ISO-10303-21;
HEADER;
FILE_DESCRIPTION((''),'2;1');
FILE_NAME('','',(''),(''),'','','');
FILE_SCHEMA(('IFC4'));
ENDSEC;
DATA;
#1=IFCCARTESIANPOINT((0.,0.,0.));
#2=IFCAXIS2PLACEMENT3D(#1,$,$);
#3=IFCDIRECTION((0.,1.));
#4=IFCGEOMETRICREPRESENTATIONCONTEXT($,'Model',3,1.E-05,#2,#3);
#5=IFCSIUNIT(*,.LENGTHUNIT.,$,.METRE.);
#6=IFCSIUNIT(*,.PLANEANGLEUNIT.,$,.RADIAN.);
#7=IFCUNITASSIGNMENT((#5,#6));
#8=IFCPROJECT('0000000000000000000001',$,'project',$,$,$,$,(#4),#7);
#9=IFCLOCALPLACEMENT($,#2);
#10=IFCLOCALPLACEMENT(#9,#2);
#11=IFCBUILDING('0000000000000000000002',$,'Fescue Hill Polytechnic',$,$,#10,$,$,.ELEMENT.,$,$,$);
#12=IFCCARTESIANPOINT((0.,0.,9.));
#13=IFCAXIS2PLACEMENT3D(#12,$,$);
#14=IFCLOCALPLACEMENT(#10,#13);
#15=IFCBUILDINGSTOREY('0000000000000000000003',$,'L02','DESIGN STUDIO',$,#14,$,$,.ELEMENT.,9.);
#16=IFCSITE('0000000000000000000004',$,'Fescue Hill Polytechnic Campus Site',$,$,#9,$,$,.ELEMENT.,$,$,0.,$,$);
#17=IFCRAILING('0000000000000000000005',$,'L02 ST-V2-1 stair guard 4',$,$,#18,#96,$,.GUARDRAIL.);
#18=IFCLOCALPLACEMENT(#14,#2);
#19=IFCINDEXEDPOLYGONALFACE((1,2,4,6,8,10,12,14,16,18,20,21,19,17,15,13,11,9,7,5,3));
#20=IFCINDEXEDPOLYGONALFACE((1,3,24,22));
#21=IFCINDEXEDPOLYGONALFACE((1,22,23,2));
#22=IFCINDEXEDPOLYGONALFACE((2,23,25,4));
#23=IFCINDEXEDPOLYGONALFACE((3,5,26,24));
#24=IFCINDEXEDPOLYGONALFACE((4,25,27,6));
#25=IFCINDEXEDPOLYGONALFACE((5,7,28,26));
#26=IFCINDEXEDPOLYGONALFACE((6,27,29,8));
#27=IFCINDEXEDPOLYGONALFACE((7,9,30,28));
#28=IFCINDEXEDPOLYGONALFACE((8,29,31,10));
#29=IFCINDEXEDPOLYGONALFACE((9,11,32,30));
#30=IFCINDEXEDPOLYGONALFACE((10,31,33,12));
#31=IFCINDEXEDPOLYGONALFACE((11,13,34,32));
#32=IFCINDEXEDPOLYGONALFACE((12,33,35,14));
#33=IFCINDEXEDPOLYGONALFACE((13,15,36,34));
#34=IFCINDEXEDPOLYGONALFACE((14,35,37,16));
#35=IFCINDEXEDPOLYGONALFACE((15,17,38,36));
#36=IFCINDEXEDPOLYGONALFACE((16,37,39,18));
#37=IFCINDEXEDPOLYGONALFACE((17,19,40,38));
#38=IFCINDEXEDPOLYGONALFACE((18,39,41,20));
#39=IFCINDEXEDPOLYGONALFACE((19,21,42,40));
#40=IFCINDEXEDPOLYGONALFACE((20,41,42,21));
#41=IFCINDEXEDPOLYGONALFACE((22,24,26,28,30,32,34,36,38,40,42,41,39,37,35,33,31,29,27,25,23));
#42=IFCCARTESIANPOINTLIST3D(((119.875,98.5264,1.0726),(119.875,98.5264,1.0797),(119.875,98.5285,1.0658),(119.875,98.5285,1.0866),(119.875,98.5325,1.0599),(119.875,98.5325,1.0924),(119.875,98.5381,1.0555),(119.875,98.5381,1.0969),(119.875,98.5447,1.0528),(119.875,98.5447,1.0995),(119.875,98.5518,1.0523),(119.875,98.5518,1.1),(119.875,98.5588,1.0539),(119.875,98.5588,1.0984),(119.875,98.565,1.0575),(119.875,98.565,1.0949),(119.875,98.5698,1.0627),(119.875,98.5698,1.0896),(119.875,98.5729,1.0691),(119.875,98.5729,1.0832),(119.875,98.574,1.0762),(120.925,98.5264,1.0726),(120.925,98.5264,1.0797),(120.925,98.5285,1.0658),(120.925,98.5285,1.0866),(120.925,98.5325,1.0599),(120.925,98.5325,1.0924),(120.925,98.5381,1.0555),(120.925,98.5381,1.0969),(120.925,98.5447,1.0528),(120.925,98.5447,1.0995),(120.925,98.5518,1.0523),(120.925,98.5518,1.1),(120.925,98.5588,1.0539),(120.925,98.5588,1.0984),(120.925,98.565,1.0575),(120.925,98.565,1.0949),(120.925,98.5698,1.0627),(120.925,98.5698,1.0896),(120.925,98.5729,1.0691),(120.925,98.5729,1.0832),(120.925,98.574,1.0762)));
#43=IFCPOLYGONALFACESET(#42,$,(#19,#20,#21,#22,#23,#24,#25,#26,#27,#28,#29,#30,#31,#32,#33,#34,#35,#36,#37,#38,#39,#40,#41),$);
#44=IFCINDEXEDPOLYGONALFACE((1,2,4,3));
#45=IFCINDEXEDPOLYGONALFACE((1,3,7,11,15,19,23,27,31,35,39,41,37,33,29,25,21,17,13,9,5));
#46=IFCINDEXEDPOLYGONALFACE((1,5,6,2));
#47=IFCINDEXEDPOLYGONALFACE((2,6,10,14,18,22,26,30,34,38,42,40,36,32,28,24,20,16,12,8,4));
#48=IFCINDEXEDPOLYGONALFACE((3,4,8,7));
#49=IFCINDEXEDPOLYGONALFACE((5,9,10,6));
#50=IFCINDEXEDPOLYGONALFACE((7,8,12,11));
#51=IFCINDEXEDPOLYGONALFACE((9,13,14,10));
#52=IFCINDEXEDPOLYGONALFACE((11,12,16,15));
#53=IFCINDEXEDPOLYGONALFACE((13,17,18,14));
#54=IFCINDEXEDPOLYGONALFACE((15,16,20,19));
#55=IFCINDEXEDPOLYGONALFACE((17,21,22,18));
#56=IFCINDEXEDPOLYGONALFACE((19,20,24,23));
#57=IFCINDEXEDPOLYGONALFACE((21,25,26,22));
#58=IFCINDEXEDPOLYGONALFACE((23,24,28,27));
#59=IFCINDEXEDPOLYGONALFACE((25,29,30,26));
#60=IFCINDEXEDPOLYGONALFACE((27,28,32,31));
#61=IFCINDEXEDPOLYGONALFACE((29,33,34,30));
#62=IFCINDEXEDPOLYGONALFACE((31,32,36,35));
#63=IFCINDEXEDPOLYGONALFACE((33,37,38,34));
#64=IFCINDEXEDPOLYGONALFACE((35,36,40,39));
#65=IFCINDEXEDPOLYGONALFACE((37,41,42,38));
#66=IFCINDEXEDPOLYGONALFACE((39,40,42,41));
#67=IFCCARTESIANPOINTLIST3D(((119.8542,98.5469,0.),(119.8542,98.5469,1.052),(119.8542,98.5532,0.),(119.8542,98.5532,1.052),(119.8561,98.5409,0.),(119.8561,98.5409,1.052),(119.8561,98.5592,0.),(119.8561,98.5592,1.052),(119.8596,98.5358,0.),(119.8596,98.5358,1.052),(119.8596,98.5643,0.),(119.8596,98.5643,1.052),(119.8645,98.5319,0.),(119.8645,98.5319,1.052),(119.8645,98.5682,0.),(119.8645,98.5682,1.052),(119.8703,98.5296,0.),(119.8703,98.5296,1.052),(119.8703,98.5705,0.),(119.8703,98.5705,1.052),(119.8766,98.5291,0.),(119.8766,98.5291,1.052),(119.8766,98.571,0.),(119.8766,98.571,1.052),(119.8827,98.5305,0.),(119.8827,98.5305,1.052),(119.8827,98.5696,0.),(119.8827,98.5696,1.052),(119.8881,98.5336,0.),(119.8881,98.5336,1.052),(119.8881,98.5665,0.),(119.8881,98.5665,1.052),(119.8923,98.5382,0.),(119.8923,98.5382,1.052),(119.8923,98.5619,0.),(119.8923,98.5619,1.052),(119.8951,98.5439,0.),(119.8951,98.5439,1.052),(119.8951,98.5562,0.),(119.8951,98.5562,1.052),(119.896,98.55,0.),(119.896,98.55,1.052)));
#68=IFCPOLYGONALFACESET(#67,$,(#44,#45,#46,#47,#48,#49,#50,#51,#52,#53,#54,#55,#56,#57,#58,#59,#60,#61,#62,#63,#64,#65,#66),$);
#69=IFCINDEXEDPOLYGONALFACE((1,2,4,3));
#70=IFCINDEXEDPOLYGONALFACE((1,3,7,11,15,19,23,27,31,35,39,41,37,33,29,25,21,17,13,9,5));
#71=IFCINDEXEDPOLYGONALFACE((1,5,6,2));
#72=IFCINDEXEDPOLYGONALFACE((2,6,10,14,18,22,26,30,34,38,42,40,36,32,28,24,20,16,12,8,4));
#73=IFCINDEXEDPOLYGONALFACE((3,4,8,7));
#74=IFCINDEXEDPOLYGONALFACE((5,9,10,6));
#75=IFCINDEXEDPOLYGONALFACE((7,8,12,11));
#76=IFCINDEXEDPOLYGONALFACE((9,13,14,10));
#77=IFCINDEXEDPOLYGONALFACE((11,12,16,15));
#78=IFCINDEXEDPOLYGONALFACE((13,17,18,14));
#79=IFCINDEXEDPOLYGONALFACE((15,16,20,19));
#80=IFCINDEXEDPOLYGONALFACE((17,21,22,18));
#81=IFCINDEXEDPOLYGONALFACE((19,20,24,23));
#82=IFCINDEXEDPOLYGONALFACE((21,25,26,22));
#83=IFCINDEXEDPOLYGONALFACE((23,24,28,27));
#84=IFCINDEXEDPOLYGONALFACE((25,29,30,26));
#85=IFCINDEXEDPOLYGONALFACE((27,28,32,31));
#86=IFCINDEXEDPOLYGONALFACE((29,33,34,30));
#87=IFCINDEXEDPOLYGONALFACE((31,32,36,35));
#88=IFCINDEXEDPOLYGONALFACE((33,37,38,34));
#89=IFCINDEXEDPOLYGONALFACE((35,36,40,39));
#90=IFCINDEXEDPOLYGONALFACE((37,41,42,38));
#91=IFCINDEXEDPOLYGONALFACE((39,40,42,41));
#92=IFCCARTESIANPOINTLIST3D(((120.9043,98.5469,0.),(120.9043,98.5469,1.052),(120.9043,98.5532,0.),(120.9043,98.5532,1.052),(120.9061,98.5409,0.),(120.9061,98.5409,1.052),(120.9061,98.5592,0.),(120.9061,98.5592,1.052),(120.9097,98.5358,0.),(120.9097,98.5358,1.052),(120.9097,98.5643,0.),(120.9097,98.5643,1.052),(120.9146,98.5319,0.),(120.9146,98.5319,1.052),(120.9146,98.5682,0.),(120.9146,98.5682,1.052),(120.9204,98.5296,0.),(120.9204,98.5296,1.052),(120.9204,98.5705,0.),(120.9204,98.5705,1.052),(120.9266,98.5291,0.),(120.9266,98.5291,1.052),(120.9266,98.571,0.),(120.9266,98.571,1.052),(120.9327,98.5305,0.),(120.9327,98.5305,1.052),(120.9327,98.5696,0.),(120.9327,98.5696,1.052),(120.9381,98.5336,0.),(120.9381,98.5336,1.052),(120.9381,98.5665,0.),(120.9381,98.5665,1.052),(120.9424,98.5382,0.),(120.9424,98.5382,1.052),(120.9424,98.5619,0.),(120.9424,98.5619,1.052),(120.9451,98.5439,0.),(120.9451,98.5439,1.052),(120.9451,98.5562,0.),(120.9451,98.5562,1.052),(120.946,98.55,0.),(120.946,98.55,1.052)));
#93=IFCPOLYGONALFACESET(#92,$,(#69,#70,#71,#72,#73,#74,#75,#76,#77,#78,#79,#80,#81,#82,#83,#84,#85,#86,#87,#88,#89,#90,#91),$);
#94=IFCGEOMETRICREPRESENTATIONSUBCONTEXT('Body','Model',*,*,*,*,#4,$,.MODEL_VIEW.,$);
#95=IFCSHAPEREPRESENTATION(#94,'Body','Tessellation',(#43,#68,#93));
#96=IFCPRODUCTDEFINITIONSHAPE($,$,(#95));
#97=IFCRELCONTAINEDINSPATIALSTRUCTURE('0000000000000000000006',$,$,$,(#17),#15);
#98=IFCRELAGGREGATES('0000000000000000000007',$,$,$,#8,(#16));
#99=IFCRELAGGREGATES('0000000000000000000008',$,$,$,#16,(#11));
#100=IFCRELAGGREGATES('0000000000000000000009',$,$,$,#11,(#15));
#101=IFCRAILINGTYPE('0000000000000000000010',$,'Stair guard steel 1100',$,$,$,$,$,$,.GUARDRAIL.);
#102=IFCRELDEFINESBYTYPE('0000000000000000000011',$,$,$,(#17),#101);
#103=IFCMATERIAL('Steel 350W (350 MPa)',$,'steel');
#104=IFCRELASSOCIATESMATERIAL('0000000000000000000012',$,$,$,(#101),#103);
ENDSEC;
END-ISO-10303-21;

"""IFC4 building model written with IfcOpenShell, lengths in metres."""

from ifc_helpers import new_model, si_unit, direction, frame, origin, origin_2d, place, context, subcontext, project, spatial, circle, extrude, material, type_object, element, save


model = new_model("IFC4")

# Units and contexts
model_context = context("Model", 3, precision=1e-05, world=origin(), true_north=direction((0.0, 1.0)))
body_context = subcontext(model_context, "Body", "Model", "MODEL_VIEW")
ifc_project = project(units=[si_unit("LENGTHUNIT", "METRE"), si_unit("PLANEANGLEUNIT", "RADIAN")], contexts=[model_context])

# Site, building, storey
site_placement = place(None, origin())
site = spatial("IfcSite", under=ifc_project, at=site_placement, Name="Fescue Hill Polytechnic Campus Site", CompositionType="ELEMENT", RefElevation=0.0)
building_placement = place(site_placement, origin())
building = spatial("IfcBuilding", under=site, at=building_placement, Name="Fescue Hill Polytechnic", CompositionType="ELEMENT")
storey_placement = place(building_placement, frame((0.0, 0.0, 9.0)))
storey = spatial("IfcBuildingStorey", under=building, at=storey_placement, Name="L02", Description="DESIGN STUDIO", CompositionType="ELEMENT", Elevation=9.0)

# Railing
ifc_material_1 = material(Name="Steel 350W (350 MPa)", Category="steel")
railing_type_1 = type_object("IfcRailingType", Name="Stair guard steel 1100", PredefinedType="GUARDRAIL", material=ifc_material_1)
railing_1_placement = place(storey_placement, frame((119.875, 98.55, 0.0)))
element("IfcRailing", 1, at=railing_1_placement, inside=storey, type_object=railing_type_1, Name="L02 ST-V2-1 stair guard 4", PredefinedType="GUARDRAIL", context=body_context, shape_type="SweptSolid", body=[
    extrude(circle(Radius=0.0239, at=origin_2d()), frame((0.0, 0.0, 1.0762), z_axis=(1.0, 0.0, 0.0), x_axis=(0.0, 1.0, 0.0)), (0.0, 0.0, 1.0), 1.05),
    extrude(circle(Radius=0.021, at=origin_2d()), origin(), (0.0, 0.0, 1.0), 1.052),
    extrude(circle(Radius=0.021, at=origin_2d()), frame((1.05, 0.0, 0.0)), (0.0, 0.0, 1.0), 1.052),
])

save(model, "model.ifc")
